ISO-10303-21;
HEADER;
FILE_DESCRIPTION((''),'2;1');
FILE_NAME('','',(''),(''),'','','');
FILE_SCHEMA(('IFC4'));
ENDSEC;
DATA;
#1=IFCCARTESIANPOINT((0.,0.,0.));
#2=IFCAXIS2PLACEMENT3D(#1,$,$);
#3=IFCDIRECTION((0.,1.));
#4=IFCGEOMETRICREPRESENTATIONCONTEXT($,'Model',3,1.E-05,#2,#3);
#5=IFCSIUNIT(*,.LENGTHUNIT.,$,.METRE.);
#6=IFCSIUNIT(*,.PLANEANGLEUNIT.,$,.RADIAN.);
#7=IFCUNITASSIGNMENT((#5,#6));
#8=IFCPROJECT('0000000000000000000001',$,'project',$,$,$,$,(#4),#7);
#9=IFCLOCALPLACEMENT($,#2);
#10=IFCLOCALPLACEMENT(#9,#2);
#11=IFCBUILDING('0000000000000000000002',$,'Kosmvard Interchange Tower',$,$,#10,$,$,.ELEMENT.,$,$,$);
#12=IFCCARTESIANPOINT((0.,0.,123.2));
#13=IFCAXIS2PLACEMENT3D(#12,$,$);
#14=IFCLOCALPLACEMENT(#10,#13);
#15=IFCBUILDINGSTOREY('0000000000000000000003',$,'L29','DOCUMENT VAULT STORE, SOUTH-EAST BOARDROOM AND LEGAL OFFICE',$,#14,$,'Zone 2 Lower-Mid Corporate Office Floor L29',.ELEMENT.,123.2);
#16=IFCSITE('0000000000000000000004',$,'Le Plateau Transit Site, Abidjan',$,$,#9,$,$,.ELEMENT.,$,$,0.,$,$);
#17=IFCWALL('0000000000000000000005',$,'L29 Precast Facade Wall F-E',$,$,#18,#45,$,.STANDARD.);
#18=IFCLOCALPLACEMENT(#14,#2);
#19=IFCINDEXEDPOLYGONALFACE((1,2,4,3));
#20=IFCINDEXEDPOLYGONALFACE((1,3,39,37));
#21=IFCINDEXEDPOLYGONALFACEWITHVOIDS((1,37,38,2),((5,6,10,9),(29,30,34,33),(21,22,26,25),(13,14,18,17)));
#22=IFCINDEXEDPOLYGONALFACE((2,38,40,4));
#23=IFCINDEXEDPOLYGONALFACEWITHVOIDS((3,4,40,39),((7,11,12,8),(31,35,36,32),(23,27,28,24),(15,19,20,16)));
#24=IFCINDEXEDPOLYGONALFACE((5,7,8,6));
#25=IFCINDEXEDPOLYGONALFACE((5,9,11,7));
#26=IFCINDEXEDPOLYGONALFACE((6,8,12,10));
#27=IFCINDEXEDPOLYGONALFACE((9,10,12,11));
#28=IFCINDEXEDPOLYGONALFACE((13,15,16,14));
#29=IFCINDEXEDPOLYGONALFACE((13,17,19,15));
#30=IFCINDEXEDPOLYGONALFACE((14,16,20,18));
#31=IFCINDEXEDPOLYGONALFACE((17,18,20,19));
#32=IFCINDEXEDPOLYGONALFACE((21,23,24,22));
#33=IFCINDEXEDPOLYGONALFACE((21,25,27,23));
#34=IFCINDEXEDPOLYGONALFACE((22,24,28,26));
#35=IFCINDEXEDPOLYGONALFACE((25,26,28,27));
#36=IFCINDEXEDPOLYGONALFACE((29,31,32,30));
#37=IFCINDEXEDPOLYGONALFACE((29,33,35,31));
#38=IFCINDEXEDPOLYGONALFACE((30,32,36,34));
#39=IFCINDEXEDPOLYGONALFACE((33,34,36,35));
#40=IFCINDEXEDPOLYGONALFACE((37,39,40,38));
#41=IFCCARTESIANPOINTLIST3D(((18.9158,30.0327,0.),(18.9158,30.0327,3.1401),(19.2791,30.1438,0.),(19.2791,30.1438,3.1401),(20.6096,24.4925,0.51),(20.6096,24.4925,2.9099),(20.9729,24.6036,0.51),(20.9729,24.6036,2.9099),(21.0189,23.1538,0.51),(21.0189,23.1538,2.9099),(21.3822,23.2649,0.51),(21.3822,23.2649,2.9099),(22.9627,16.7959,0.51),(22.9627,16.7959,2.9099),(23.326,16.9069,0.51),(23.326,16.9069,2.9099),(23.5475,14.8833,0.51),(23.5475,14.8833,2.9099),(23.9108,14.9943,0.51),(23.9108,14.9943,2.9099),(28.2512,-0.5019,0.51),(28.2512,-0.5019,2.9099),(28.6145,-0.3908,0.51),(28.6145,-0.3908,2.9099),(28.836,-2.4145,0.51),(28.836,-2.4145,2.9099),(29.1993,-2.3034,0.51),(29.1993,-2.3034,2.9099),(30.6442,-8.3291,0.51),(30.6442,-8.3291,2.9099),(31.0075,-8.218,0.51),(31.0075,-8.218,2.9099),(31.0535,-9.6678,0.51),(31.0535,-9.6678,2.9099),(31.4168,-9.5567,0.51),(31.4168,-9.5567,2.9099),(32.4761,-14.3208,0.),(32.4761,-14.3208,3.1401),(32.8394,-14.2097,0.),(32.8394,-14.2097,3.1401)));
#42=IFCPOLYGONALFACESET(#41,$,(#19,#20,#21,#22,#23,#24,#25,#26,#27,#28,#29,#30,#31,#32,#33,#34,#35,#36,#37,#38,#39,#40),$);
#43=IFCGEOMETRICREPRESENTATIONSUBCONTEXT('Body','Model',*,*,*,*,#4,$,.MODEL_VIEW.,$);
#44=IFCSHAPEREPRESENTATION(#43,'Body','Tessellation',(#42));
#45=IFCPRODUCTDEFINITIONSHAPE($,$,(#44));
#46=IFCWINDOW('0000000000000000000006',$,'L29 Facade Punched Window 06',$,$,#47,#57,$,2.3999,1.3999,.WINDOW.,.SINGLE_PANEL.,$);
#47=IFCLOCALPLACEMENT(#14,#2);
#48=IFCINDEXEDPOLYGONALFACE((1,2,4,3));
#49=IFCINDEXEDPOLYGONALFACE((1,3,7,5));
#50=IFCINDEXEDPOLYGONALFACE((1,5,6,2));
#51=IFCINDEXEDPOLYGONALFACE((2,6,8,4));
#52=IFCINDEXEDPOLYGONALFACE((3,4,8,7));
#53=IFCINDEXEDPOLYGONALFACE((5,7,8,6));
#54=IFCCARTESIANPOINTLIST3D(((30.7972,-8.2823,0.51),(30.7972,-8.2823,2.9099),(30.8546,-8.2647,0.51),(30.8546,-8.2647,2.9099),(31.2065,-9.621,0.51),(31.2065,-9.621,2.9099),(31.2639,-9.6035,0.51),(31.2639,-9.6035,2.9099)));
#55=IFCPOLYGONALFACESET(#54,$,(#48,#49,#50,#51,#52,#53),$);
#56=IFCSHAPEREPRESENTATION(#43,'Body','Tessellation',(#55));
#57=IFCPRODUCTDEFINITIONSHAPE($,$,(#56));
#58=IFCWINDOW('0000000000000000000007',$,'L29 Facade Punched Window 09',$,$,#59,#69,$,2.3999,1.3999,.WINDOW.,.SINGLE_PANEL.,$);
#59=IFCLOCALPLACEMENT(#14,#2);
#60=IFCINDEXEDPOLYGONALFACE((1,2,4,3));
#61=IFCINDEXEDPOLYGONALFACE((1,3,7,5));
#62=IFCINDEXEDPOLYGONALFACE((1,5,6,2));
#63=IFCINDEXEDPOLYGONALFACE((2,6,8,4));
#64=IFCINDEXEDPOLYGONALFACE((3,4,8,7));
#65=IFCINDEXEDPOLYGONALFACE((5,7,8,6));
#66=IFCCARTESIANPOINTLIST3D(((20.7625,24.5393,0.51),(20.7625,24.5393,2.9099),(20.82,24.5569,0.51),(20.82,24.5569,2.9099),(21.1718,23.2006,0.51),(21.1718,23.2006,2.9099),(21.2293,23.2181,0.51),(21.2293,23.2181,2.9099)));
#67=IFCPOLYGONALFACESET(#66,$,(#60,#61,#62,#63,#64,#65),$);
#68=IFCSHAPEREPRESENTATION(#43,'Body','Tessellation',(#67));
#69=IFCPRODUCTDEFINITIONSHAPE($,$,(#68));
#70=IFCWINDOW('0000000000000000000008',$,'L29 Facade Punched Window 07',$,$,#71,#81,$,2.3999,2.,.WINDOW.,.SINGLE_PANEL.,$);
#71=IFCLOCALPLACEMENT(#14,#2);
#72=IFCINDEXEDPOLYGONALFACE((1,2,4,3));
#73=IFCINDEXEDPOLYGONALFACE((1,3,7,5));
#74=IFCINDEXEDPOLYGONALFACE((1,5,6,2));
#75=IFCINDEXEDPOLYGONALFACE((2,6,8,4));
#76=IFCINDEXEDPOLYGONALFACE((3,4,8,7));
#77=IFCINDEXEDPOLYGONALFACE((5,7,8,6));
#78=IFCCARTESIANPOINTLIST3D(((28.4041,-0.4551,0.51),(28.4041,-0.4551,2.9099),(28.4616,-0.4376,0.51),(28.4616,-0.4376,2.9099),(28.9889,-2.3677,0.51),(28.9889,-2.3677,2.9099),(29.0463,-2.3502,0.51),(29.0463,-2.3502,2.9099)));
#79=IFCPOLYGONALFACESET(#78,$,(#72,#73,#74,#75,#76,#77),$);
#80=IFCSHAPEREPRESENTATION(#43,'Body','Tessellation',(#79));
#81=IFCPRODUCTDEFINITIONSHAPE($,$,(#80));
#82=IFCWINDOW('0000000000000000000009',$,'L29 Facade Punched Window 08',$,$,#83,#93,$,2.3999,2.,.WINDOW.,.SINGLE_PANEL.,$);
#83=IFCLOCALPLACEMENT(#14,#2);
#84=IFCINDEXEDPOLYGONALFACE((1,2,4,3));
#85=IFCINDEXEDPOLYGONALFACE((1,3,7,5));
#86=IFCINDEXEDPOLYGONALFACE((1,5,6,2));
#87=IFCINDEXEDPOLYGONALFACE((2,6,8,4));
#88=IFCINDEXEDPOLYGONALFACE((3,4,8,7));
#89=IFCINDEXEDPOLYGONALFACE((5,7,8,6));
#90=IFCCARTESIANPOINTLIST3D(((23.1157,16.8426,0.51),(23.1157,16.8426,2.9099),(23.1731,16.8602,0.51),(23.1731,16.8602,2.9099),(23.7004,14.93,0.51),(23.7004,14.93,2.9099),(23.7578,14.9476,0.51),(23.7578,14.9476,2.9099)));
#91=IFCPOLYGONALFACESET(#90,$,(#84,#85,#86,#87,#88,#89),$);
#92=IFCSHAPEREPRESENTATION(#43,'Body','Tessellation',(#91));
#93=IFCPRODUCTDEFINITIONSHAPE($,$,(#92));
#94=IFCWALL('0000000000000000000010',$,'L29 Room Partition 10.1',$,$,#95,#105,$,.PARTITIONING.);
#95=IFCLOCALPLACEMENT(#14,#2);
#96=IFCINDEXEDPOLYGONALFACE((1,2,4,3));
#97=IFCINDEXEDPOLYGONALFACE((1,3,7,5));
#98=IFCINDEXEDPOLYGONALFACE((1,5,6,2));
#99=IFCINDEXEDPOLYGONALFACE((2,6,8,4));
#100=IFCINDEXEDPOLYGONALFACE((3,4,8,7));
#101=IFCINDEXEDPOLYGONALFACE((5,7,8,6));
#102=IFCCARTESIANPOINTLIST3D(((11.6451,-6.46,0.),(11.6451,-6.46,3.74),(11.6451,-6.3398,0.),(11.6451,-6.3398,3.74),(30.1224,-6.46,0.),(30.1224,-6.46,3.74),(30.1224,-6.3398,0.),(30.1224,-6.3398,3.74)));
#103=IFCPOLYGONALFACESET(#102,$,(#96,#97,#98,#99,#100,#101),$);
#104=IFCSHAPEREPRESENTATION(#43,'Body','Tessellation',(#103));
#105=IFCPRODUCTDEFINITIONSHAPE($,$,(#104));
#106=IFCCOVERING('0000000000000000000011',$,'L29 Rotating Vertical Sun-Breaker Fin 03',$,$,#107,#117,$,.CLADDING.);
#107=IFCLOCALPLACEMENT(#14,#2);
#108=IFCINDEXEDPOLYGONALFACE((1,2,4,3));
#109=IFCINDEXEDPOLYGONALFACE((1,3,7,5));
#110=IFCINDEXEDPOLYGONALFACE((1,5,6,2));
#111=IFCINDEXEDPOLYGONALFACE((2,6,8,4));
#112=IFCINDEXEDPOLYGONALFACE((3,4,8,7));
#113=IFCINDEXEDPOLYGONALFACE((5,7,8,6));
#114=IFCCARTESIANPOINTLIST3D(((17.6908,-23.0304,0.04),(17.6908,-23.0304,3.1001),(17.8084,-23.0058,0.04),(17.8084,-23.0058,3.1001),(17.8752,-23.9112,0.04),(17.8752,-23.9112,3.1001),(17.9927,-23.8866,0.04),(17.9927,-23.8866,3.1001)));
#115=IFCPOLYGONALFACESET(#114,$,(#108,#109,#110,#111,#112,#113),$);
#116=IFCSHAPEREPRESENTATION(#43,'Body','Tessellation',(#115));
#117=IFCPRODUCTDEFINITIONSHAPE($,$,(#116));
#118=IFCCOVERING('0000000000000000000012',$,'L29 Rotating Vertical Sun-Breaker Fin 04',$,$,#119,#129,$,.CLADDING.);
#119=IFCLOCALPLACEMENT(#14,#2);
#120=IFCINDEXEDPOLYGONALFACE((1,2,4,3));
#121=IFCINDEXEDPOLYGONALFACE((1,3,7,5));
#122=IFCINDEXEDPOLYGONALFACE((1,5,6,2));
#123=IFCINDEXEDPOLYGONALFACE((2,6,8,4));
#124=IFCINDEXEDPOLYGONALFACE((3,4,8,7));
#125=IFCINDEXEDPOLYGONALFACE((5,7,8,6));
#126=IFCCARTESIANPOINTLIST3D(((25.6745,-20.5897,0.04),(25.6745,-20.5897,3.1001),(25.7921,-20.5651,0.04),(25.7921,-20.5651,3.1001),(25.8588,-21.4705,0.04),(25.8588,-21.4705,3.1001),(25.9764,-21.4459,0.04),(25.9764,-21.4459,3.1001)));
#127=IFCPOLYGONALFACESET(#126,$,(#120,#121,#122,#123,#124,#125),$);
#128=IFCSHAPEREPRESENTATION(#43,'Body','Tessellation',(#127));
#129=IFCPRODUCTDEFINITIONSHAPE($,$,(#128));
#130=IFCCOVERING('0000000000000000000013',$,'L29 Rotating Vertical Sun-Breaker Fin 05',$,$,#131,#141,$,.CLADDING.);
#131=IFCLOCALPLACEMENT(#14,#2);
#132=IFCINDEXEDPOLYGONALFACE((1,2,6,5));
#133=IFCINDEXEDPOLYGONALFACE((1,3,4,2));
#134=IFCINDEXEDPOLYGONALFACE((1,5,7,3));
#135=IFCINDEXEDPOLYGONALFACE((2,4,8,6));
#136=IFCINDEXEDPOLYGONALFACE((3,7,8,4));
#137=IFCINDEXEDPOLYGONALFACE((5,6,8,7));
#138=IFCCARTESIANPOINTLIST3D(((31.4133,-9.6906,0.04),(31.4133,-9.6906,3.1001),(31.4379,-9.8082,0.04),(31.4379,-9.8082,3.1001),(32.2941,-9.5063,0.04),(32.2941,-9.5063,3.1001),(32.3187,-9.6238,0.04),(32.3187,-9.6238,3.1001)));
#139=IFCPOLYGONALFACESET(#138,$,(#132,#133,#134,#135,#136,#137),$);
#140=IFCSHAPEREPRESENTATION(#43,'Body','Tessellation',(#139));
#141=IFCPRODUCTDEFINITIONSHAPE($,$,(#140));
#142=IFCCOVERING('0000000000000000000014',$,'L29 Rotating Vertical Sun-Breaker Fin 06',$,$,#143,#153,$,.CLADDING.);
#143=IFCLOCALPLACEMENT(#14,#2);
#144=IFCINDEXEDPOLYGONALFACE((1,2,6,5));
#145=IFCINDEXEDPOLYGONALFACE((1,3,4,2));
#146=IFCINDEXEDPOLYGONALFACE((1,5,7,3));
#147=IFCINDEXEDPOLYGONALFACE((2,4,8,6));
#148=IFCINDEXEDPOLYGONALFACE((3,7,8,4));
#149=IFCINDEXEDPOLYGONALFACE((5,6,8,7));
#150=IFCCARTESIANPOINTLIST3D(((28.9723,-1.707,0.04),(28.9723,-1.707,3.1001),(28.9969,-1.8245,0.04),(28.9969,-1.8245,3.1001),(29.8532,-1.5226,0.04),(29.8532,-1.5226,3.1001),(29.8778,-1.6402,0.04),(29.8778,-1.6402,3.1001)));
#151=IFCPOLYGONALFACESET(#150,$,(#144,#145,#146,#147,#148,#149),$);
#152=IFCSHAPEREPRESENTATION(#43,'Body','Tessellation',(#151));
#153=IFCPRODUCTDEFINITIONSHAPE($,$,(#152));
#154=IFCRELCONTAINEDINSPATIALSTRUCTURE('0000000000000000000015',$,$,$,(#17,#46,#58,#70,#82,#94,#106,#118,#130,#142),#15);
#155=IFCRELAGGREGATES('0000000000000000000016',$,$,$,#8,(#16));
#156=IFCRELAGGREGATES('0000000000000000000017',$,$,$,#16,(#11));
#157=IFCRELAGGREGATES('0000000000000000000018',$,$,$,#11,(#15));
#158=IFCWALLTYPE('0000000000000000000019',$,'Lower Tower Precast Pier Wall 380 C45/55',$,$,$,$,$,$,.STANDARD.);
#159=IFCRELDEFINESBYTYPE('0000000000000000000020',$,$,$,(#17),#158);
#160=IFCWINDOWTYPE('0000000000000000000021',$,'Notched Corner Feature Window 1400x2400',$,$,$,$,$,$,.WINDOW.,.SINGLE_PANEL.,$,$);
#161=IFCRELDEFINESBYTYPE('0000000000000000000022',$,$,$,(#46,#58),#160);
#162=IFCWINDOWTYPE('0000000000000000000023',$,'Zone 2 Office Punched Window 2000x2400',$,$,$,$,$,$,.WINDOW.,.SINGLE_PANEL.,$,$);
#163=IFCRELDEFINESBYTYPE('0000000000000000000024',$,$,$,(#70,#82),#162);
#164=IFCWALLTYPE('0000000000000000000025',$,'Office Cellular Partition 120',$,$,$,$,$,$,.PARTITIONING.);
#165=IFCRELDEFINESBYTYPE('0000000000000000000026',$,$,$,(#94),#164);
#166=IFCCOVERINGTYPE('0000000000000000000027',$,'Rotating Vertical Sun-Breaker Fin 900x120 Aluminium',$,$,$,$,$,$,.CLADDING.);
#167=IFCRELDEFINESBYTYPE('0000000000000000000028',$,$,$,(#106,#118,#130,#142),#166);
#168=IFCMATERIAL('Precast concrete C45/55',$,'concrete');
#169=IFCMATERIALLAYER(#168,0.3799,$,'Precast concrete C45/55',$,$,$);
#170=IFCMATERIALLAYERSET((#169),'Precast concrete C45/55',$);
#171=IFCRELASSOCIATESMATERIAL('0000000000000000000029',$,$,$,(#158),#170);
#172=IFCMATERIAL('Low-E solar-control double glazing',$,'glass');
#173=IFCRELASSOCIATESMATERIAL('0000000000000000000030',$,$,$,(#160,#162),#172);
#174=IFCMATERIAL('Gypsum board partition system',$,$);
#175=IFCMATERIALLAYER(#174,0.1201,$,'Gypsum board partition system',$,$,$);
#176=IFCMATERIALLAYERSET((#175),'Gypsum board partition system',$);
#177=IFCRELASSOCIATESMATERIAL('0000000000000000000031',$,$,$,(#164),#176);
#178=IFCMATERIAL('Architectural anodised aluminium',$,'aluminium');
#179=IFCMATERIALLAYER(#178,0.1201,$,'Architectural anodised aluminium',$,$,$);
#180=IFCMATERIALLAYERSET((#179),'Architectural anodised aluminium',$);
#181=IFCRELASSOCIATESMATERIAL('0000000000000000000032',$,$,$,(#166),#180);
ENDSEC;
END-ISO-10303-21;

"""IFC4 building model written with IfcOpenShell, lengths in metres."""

from ifc_helpers import new_model, si_unit, direction, frame, frame_2d, origin, origin_2d, place, context, subcontext, project, spatial, rectangle, extrude, source, transform, mapped, material, layer, layer_set, type_object, element, fill, save


model = new_model("IFC4")

# Units and contexts
model_context = context("Model", 3, precision=1e-05, world=origin(), true_north=direction((0.0, 1.0)))
body_context = subcontext(model_context, "Body", "Model", "MODEL_VIEW")
ifc_project = project(units=[si_unit("LENGTHUNIT", "METRE"), si_unit("PLANEANGLEUNIT", "RADIAN")], contexts=[model_context])

# Site, building, storey
site_placement = place(None, origin())
site = spatial("IfcSite", under=ifc_project, at=site_placement, Name="Le Plateau Transit Site, Abidjan", CompositionType="ELEMENT", RefElevation=0.0)
building_placement = place(site_placement, origin())
building = spatial("IfcBuilding", under=site, at=building_placement, Name="Kosmvard Interchange Tower", CompositionType="ELEMENT")
storey_placement = place(building_placement, frame((0.0, 0.0, 123.2)))
storey = spatial("IfcBuildingStorey", under=building, at=storey_placement, Name="L29", Description="DOCUMENT VAULT STORE, SOUTH-EAST BOARDROOM AND LEGAL OFFICE", LongName="Zone 2 Lower-Mid Corporate Office Floor L29", CompositionType="ELEMENT", Elevation=123.2)

# Shared definitions
ifc_material_1 = material(Name="Precast concrete C45/55", Category="concrete")

# Shared definitions
ifc_layer_1 = layer(ifc_material_1, 0.3799, Name="Precast concrete C45/55")
ifc_layer_set_1 = layer_set([ifc_layer_1], Name="Precast concrete C45/55")
wall_type_1 = type_object("IfcWallType", Name="Lower Tower Precast Pier Wall 380 C45/55", PredefinedType="STANDARD", material=ifc_layer_set_1)

# Shared definitions
ifc_material_2 = material(Name="Low-E solar-control double glazing", Category="glass")
window_type_1 = type_object("IfcWindowType", Name="Notched Corner Feature Window 1400x2400", PartitioningType="SINGLE_PANEL", PredefinedType="WINDOW", material=ifc_material_2)
shared_shape_1 = source(origin(), body_context, "Body", "SweptSolid", [
    extrude(rectangle(XDim=1.3999, YDim=2.3999, at=frame_2d((0.7, 1.2))), frame((0.0, 0.03, 0.0), z_axis=(0.0, -1.0, 0.0), x_axis=(1.0, 0.0, 0.0)), (0.0, 0.0, 1.0), 0.0601),
])

# Wall, openings, windows
wall_1_placement = place(storey_placement, frame((32.6577, -14.2651, 0.0), z_axis=(0.0, 0.0, 1.0), x_axis=(-0.292373, 0.956304, 0.0)))
wall_1 = element("IfcWall", 1, at=wall_1_placement, inside=storey, type_object=wall_type_1, Name="L29 Precast Facade Wall F-E", PredefinedType="STANDARD", context=body_context, shape_type="SweptSolid", body=[
    extrude(rectangle(XDim=46.3801, YDim=0.3799, at=frame_2d((23.1899, 0.0))), origin(), (0.0, 0.0, 1.0), 3.1401),
])
opening_1_placement = place(wall_1_placement, frame((4.8655, 0.0, 0.51)))
opening_1 = element("IfcOpeningElement", 2, at=opening_1_placement, cuts=wall_1, PredefinedType="OPENING", context=body_context, shape_type="SweptSolid", body=[
    extrude(rectangle(XDim=1.3999, YDim=2.3999, at=frame_2d((0.7, 1.2))), frame((0.0, 0.2, 0.0), z_axis=(0.0, -1.0, 0.0), x_axis=(1.0, 0.0, 0.0)), (0.0, 0.0, 1.0), 0.3999),
])
opening_2_placement = place(wall_1_placement, frame((12.4502, 0.0, 0.51)))
opening_2 = element("IfcOpeningElement", 3, at=opening_2_placement, cuts=wall_1, PredefinedType="OPENING", context=body_context, shape_type="SweptSolid", body=[
    extrude(rectangle(XDim=2.0, YDim=2.3999, at=frame_2d((1.0, 1.2))), frame((0.0, 0.2, 0.0), z_axis=(0.0, -1.0, 0.0), x_axis=(1.0, 0.0, 0.0)), (0.0, 0.0, 1.0), 0.3999),
])
opening_3_placement = place(wall_1_placement, frame((30.5383, 0.0, 0.51)))
opening_3 = element("IfcOpeningElement", 4, at=opening_3_placement, cuts=wall_1, PredefinedType="OPENING", context=body_context, shape_type="SweptSolid", body=[
    extrude(rectangle(XDim=2.0, YDim=2.3999, at=frame_2d((1.0, 1.2))), frame((0.0, 0.2, 0.0), z_axis=(0.0, -1.0, 0.0), x_axis=(1.0, 0.0, 0.0)), (0.0, 0.0, 1.0), 0.3999),
])
opening_4_placement = place(wall_1_placement, frame((39.1868, 0.0, 0.51)))
opening_4 = element("IfcOpeningElement", 5, at=opening_4_placement, cuts=wall_1, PredefinedType="OPENING", context=body_context, shape_type="SweptSolid", body=[
    extrude(rectangle(XDim=1.3999, YDim=2.3999, at=frame_2d((0.7, 1.2))), frame((0.0, 0.2, 0.0), z_axis=(0.0, -1.0, 0.0), x_axis=(1.0, 0.0, 0.0)), (0.0, 0.0, 1.0), 0.3999),
])
window_1_placement = place(opening_1_placement, origin())
window_1 = element("IfcWindow", 6, at=window_1_placement, inside=storey, type_object=window_type_1, Name="L29 Facade Punched Window 06", OverallHeight=2.3999, OverallWidth=1.3999, PartitioningType="SINGLE_PANEL", PredefinedType="WINDOW", context=body_context, shape_type="MappedRepresentation", body=[
    mapped(shared_shape_1, transform((0.0, 0.0, 0.0), scale=1.0)),
])
fill(opening_1, window_1)
window_2_placement = place(opening_4_placement, origin())
window_2 = element("IfcWindow", 7, at=window_2_placement, inside=storey, type_object=window_type_1, Name="L29 Facade Punched Window 09", OverallHeight=2.3999, OverallWidth=1.3999, PartitioningType="SINGLE_PANEL", PredefinedType="WINDOW", context=body_context, shape_type="MappedRepresentation", body=[
    mapped(shared_shape_1, transform((0.0, 0.0, 0.0), scale=1.0)),
])
fill(opening_4, window_2)
window_type_2 = type_object("IfcWindowType", Name="Zone 2 Office Punched Window 2000x2400", PartitioningType="SINGLE_PANEL", PredefinedType="WINDOW", material=ifc_material_2)
shared_shape_2 = source(origin(), body_context, "Body", "SweptSolid", [
    extrude(rectangle(XDim=2.0, YDim=2.3999, at=frame_2d((1.0, 1.2))), frame((0.0, 0.03, 0.0), z_axis=(0.0, -1.0, 0.0), x_axis=(1.0, 0.0, 0.0)), (0.0, 0.0, 1.0), 0.0601),
])
window_3_placement = place(opening_2_placement, origin())
window_3 = element("IfcWindow", 8, at=window_3_placement, inside=storey, type_object=window_type_2, Name="L29 Facade Punched Window 07", OverallHeight=2.3999, OverallWidth=2.0, PartitioningType="SINGLE_PANEL", PredefinedType="WINDOW", context=body_context, shape_type="MappedRepresentation", body=[
    mapped(shared_shape_2, transform((0.0, 0.0, 0.0), scale=1.0)),
])
fill(opening_2, window_3)
window_4_placement = place(opening_3_placement, origin())
window_4 = element("IfcWindow", 9, at=window_4_placement, inside=storey, type_object=window_type_2, Name="L29 Facade Punched Window 08", OverallHeight=2.3999, OverallWidth=2.0, PartitioningType="SINGLE_PANEL", PredefinedType="WINDOW", context=body_context, shape_type="MappedRepresentation", body=[
    mapped(shared_shape_2, transform((0.0, 0.0, 0.0), scale=1.0)),
])
fill(opening_3, window_4)

# Wall
ifc_material_3 = material(Name="Gypsum board partition system")
ifc_layer_2 = layer(ifc_material_3, 0.1201, Name="Gypsum board partition system")
ifc_layer_set_2 = layer_set([ifc_layer_2], Name="Gypsum board partition system")
wall_type_2 = type_object("IfcWallType", Name="Office Cellular Partition 120", PredefinedType="PARTITIONING", material=ifc_layer_set_2)
wall_2_placement = place(storey_placement, frame((11.645, -6.3999, 0.0), z_axis=(0.0, 0.0, 1.0), x_axis=(1.0, 0.0, 0.0)))
element("IfcWall", 10, at=wall_2_placement, inside=storey, type_object=wall_type_2, Name="L29 Room Partition 10.1", PredefinedType="PARTITIONING", context=body_context, shape_type="SweptSolid", body=[
    extrude(rectangle(XDim=18.4773, YDim=0.1201, at=frame_2d((9.2388, 0.0))), origin(), (0.0, 0.0, 1.0), 3.74),
])

# Coverings
ifc_material_4 = material(Name="Architectural anodised aluminium", Category="aluminium")
ifc_layer_3 = layer(ifc_material_4, 0.1201, Name="Architectural anodised aluminium")
ifc_layer_set_3 = layer_set([ifc_layer_3], Name="Architectural anodised aluminium")
covering_type = type_object("IfcCoveringType", Name="Rotating Vertical Sun-Breaker Fin 900x120 Aluminium", PredefinedType="CLADDING", material=ifc_layer_set_3)
shared_shape_3 = source(origin(), body_context, "Body", "SweptSolid", [
    extrude(rectangle(XDim=0.8999, YDim=0.1201, at=origin_2d()), origin(), (0.0, 0.0, 1.0), 3.0601),
])
for number, where, z_axis, x_axis, name in (
    (11, (17.8418, -23.4585, 0.04), (0.0, 0.0, 1.0), (0.204838, -0.978796, 0.0), "L29 Rotating Vertical Sun-Breaker Fin 03"),
    (12, (25.8254, -21.0178, 0.04), (0.0, 0.0, 1.0), (0.204838, -0.978796, 0.0), "L29 Rotating Vertical Sun-Breaker Fin 04"),
    (13, (31.866, -9.6572, 0.04), (0.0, 0.0, 1.0), (0.978796, 0.204838, 0.0), "L29 Rotating Vertical Sun-Breaker Fin 05"),
    (14, (29.425, -1.6736, 0.04), (0.0, 0.0, 1.0), (0.978796, 0.204838, 0.0), "L29 Rotating Vertical Sun-Breaker Fin 06"),
):
    element("IfcCovering", number, at=place(storey_placement, frame(where, z_axis=z_axis, x_axis=x_axis)), inside=storey, type_object=covering_type, Name=name, PredefinedType="CLADDING", context=body_context, shape_type="MappedRepresentation", body=[
        mapped(shared_shape_3, transform((0.0, 0.0, 0.0), scale=1.0)),
    ])

save(model, "model.ifc")
